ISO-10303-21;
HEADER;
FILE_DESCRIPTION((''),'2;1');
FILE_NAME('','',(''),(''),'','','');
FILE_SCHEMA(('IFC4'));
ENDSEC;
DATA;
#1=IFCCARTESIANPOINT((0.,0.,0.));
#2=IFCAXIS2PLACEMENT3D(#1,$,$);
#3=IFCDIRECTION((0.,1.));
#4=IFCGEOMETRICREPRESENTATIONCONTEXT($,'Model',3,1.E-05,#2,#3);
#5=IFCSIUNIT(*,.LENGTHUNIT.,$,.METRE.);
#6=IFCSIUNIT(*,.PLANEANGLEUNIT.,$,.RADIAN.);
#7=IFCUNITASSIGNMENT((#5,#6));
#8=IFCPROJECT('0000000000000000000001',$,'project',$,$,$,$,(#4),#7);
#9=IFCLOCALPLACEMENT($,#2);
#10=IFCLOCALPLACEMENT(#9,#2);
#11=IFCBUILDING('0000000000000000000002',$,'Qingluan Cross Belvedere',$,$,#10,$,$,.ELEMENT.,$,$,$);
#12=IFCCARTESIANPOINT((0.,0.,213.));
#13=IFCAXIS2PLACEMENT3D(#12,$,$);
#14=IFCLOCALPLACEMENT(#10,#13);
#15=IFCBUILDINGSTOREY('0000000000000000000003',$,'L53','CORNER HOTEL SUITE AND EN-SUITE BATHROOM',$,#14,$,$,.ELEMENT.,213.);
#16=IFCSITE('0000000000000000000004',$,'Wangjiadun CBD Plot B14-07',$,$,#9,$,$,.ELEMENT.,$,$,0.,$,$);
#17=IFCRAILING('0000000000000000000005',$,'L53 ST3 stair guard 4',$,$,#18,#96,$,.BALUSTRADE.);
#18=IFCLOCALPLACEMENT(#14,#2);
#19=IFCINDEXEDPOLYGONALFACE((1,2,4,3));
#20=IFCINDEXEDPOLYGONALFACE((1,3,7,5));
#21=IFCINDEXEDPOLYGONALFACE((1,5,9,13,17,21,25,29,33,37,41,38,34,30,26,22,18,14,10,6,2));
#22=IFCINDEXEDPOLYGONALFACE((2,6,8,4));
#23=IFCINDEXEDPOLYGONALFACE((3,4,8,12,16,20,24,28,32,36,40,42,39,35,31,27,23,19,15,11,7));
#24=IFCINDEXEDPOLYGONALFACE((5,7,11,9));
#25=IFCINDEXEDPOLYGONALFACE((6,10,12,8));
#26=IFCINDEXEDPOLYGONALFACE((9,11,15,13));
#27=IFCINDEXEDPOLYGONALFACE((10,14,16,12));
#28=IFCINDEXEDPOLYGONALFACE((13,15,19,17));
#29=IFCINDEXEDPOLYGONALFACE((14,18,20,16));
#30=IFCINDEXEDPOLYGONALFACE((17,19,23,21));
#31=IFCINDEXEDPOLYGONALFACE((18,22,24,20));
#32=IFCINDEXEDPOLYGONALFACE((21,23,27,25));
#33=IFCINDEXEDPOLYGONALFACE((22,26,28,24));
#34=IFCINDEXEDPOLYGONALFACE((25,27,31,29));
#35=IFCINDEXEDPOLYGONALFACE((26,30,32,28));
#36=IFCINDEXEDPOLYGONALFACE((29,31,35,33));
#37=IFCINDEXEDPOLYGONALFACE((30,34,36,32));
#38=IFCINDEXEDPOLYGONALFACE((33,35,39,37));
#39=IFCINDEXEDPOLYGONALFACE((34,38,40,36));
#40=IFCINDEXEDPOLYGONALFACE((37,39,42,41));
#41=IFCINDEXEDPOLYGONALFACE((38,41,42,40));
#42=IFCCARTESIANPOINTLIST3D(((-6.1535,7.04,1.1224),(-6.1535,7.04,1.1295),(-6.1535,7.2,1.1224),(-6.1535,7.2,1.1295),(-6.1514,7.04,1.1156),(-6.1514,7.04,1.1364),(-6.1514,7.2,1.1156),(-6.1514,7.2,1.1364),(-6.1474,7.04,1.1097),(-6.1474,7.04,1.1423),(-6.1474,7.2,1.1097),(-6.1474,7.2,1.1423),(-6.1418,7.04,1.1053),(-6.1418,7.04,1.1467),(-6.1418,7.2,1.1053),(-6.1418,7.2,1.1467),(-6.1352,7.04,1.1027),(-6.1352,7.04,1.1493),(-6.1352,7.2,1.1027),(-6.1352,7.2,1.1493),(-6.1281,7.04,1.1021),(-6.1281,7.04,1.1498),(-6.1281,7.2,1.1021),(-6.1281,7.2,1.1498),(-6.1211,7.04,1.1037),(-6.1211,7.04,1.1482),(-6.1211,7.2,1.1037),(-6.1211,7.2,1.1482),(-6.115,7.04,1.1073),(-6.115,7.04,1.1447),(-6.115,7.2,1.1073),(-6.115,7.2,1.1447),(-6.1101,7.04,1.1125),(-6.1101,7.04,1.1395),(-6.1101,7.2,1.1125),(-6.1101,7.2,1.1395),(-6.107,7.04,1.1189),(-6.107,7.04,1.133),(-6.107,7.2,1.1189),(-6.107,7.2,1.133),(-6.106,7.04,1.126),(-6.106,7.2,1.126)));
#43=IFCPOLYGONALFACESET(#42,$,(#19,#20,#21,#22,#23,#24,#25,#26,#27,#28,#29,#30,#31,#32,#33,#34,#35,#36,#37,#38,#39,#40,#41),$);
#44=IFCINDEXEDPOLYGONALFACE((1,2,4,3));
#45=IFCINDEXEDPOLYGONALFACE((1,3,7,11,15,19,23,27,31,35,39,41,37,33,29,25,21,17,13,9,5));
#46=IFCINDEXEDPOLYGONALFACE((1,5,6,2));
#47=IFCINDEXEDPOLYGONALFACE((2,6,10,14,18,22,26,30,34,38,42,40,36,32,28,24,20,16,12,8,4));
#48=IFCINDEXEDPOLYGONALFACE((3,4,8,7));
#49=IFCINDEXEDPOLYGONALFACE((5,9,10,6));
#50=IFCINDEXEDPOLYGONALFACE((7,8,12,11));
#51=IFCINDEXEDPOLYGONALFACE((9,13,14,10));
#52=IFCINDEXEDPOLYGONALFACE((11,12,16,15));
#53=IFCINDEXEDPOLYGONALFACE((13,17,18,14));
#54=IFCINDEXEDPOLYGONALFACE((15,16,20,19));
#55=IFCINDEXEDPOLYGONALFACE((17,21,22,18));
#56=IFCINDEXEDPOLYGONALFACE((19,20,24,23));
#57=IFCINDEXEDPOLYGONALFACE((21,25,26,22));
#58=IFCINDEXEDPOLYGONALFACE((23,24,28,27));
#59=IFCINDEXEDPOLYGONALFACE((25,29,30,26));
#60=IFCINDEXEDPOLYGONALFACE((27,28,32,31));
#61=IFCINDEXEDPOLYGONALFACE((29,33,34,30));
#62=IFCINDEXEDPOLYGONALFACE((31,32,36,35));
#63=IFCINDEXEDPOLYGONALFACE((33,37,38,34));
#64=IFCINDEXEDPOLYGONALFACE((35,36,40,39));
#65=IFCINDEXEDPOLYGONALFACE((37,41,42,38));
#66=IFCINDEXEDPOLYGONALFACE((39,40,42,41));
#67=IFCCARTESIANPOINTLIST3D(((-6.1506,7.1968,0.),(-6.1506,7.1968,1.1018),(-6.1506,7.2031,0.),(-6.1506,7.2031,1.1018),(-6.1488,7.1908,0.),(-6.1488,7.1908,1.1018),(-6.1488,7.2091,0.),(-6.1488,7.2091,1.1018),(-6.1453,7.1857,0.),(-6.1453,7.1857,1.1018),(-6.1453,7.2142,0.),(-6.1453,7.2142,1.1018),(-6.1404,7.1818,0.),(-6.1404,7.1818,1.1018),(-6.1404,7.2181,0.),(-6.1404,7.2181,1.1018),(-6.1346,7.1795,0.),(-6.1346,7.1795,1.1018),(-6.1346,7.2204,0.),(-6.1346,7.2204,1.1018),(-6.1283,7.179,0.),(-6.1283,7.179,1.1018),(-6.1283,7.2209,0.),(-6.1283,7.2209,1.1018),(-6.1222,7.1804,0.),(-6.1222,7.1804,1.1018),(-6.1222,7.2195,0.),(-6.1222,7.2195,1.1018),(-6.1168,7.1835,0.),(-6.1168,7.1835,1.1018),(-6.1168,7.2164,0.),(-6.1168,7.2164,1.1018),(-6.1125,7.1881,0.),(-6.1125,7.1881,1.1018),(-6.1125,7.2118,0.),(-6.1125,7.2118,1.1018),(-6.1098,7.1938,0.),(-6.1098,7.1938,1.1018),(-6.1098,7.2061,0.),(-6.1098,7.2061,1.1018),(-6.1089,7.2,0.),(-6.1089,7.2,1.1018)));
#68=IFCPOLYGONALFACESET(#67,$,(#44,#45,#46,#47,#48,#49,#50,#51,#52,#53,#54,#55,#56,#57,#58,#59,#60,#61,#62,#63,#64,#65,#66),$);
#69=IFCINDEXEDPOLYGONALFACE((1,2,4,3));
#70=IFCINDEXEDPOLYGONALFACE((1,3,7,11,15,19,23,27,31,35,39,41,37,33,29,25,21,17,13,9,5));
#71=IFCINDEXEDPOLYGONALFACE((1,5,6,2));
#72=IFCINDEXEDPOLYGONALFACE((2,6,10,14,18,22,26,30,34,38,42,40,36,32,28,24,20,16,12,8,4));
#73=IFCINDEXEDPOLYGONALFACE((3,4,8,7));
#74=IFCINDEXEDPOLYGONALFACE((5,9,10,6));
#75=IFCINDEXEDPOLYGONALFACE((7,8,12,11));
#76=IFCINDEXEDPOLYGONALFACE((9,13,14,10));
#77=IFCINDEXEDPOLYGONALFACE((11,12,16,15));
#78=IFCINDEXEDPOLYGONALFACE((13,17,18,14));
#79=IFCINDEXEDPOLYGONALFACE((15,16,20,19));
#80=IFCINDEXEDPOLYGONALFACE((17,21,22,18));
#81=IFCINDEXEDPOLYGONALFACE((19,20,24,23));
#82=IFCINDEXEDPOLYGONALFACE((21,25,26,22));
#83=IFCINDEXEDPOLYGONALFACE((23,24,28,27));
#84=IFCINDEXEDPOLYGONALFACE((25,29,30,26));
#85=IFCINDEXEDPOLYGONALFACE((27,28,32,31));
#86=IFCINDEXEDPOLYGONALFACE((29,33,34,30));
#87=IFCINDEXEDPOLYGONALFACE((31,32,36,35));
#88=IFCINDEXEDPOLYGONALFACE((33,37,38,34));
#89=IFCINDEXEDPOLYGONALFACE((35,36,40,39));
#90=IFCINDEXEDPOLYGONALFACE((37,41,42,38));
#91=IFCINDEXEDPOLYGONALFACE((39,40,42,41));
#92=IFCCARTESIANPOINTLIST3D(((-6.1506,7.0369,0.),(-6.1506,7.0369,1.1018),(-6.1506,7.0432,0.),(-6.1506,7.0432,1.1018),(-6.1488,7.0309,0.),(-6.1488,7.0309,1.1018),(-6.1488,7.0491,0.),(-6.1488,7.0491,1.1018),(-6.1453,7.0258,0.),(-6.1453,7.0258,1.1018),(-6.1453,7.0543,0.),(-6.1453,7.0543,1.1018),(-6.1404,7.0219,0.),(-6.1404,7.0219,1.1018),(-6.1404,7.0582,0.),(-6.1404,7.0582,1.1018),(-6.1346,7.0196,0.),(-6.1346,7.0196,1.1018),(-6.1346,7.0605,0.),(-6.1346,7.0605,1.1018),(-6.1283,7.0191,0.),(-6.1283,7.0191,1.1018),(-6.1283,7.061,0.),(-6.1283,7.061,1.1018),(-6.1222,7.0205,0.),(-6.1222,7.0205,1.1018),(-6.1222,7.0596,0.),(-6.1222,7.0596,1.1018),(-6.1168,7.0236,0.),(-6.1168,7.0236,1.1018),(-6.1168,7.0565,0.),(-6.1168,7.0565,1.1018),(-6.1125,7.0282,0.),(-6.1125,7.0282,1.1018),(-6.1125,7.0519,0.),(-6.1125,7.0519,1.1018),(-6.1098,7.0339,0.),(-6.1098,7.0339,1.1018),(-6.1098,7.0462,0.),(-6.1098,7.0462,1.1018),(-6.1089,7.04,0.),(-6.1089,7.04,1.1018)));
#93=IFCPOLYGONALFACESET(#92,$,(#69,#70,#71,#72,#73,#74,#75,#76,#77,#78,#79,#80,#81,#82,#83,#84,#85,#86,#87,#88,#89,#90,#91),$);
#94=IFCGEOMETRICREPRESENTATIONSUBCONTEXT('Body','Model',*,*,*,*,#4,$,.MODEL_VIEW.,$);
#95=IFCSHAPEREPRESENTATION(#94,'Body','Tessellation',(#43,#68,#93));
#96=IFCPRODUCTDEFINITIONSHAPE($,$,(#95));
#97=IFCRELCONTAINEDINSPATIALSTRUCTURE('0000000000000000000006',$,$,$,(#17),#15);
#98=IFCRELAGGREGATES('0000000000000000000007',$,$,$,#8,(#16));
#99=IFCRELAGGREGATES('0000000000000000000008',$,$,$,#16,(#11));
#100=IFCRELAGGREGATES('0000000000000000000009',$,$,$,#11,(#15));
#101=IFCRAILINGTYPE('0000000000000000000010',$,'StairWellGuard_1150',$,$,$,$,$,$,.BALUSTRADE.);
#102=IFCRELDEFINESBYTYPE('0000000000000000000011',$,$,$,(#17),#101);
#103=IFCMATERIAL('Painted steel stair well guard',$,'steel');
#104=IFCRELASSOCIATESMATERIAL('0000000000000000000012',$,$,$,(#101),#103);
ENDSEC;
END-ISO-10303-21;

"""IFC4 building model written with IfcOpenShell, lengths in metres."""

from ifc_helpers import new_model, si_unit, direction, frame, origin, origin_2d, place, context, subcontext, project, spatial, circle, extrude, material, type_object, element, save


model = new_model("IFC4")

# Units and contexts
model_context = context("Model", 3, precision=1e-05, world=origin(), true_north=direction((0.0, 1.0)))
body_context = subcontext(model_context, "Body", "Model", "MODEL_VIEW")
ifc_project = project(units=[si_unit("LENGTHUNIT", "METRE"), si_unit("PLANEANGLEUNIT", "RADIAN")], contexts=[model_context])

# Site, building, storey
site_placement = place(None, origin())
site = spatial("IfcSite", under=ifc_project, at=site_placement, Name="Wangjiadun CBD Plot B14-07", CompositionType="ELEMENT", RefElevation=0.0)
building_placement = place(site_placement, origin())
building = spatial("IfcBuilding", under=site, at=building_placement, Name="Qingluan Cross Belvedere", CompositionType="ELEMENT")
storey_placement = place(building_placement, frame((0.0, 0.0, 213.0)))
storey = spatial("IfcBuildingStorey", under=building, at=storey_placement, Name="L53", Description="CORNER HOTEL SUITE AND EN-SUITE BATHROOM", CompositionType="ELEMENT", Elevation=213.0)

# Railing
ifc_material_1 = material(Name="Painted steel stair well guard", Category="steel")
railing_type_1 = type_object("IfcRailingType", Name="StairWellGuard_1150", PredefinedType="BALUSTRADE", material=ifc_material_1)
railing_1_placement = place(storey_placement, frame((-6.1299, 7.2, 0.0)))
element("IfcRailing", 1, at=railing_1_placement, inside=storey, type_object=railing_type_1, Name="L53 ST3 stair guard 4", PredefinedType="BALUSTRADE", context=body_context, shape_type="SweptSolid", body=[
    extrude(circle(Radius=0.0239, at=origin_2d()), frame((0.0, 0.0, 1.126), z_axis=(0.0, -1.0, 0.0), x_axis=(1.0, 0.0, 0.0)), (0.0, 0.0, 1.0), 0.1599),
    extrude(circle(Radius=0.021, at=origin_2d()), origin(), (0.0, 0.0, 1.0), 1.1018),
    extrude(circle(Radius=0.021, at=origin_2d()), frame((0.0, -0.1599, 0.0)), (0.0, 0.0, 1.0), 1.1018),
])

save(model, "model.ifc")
